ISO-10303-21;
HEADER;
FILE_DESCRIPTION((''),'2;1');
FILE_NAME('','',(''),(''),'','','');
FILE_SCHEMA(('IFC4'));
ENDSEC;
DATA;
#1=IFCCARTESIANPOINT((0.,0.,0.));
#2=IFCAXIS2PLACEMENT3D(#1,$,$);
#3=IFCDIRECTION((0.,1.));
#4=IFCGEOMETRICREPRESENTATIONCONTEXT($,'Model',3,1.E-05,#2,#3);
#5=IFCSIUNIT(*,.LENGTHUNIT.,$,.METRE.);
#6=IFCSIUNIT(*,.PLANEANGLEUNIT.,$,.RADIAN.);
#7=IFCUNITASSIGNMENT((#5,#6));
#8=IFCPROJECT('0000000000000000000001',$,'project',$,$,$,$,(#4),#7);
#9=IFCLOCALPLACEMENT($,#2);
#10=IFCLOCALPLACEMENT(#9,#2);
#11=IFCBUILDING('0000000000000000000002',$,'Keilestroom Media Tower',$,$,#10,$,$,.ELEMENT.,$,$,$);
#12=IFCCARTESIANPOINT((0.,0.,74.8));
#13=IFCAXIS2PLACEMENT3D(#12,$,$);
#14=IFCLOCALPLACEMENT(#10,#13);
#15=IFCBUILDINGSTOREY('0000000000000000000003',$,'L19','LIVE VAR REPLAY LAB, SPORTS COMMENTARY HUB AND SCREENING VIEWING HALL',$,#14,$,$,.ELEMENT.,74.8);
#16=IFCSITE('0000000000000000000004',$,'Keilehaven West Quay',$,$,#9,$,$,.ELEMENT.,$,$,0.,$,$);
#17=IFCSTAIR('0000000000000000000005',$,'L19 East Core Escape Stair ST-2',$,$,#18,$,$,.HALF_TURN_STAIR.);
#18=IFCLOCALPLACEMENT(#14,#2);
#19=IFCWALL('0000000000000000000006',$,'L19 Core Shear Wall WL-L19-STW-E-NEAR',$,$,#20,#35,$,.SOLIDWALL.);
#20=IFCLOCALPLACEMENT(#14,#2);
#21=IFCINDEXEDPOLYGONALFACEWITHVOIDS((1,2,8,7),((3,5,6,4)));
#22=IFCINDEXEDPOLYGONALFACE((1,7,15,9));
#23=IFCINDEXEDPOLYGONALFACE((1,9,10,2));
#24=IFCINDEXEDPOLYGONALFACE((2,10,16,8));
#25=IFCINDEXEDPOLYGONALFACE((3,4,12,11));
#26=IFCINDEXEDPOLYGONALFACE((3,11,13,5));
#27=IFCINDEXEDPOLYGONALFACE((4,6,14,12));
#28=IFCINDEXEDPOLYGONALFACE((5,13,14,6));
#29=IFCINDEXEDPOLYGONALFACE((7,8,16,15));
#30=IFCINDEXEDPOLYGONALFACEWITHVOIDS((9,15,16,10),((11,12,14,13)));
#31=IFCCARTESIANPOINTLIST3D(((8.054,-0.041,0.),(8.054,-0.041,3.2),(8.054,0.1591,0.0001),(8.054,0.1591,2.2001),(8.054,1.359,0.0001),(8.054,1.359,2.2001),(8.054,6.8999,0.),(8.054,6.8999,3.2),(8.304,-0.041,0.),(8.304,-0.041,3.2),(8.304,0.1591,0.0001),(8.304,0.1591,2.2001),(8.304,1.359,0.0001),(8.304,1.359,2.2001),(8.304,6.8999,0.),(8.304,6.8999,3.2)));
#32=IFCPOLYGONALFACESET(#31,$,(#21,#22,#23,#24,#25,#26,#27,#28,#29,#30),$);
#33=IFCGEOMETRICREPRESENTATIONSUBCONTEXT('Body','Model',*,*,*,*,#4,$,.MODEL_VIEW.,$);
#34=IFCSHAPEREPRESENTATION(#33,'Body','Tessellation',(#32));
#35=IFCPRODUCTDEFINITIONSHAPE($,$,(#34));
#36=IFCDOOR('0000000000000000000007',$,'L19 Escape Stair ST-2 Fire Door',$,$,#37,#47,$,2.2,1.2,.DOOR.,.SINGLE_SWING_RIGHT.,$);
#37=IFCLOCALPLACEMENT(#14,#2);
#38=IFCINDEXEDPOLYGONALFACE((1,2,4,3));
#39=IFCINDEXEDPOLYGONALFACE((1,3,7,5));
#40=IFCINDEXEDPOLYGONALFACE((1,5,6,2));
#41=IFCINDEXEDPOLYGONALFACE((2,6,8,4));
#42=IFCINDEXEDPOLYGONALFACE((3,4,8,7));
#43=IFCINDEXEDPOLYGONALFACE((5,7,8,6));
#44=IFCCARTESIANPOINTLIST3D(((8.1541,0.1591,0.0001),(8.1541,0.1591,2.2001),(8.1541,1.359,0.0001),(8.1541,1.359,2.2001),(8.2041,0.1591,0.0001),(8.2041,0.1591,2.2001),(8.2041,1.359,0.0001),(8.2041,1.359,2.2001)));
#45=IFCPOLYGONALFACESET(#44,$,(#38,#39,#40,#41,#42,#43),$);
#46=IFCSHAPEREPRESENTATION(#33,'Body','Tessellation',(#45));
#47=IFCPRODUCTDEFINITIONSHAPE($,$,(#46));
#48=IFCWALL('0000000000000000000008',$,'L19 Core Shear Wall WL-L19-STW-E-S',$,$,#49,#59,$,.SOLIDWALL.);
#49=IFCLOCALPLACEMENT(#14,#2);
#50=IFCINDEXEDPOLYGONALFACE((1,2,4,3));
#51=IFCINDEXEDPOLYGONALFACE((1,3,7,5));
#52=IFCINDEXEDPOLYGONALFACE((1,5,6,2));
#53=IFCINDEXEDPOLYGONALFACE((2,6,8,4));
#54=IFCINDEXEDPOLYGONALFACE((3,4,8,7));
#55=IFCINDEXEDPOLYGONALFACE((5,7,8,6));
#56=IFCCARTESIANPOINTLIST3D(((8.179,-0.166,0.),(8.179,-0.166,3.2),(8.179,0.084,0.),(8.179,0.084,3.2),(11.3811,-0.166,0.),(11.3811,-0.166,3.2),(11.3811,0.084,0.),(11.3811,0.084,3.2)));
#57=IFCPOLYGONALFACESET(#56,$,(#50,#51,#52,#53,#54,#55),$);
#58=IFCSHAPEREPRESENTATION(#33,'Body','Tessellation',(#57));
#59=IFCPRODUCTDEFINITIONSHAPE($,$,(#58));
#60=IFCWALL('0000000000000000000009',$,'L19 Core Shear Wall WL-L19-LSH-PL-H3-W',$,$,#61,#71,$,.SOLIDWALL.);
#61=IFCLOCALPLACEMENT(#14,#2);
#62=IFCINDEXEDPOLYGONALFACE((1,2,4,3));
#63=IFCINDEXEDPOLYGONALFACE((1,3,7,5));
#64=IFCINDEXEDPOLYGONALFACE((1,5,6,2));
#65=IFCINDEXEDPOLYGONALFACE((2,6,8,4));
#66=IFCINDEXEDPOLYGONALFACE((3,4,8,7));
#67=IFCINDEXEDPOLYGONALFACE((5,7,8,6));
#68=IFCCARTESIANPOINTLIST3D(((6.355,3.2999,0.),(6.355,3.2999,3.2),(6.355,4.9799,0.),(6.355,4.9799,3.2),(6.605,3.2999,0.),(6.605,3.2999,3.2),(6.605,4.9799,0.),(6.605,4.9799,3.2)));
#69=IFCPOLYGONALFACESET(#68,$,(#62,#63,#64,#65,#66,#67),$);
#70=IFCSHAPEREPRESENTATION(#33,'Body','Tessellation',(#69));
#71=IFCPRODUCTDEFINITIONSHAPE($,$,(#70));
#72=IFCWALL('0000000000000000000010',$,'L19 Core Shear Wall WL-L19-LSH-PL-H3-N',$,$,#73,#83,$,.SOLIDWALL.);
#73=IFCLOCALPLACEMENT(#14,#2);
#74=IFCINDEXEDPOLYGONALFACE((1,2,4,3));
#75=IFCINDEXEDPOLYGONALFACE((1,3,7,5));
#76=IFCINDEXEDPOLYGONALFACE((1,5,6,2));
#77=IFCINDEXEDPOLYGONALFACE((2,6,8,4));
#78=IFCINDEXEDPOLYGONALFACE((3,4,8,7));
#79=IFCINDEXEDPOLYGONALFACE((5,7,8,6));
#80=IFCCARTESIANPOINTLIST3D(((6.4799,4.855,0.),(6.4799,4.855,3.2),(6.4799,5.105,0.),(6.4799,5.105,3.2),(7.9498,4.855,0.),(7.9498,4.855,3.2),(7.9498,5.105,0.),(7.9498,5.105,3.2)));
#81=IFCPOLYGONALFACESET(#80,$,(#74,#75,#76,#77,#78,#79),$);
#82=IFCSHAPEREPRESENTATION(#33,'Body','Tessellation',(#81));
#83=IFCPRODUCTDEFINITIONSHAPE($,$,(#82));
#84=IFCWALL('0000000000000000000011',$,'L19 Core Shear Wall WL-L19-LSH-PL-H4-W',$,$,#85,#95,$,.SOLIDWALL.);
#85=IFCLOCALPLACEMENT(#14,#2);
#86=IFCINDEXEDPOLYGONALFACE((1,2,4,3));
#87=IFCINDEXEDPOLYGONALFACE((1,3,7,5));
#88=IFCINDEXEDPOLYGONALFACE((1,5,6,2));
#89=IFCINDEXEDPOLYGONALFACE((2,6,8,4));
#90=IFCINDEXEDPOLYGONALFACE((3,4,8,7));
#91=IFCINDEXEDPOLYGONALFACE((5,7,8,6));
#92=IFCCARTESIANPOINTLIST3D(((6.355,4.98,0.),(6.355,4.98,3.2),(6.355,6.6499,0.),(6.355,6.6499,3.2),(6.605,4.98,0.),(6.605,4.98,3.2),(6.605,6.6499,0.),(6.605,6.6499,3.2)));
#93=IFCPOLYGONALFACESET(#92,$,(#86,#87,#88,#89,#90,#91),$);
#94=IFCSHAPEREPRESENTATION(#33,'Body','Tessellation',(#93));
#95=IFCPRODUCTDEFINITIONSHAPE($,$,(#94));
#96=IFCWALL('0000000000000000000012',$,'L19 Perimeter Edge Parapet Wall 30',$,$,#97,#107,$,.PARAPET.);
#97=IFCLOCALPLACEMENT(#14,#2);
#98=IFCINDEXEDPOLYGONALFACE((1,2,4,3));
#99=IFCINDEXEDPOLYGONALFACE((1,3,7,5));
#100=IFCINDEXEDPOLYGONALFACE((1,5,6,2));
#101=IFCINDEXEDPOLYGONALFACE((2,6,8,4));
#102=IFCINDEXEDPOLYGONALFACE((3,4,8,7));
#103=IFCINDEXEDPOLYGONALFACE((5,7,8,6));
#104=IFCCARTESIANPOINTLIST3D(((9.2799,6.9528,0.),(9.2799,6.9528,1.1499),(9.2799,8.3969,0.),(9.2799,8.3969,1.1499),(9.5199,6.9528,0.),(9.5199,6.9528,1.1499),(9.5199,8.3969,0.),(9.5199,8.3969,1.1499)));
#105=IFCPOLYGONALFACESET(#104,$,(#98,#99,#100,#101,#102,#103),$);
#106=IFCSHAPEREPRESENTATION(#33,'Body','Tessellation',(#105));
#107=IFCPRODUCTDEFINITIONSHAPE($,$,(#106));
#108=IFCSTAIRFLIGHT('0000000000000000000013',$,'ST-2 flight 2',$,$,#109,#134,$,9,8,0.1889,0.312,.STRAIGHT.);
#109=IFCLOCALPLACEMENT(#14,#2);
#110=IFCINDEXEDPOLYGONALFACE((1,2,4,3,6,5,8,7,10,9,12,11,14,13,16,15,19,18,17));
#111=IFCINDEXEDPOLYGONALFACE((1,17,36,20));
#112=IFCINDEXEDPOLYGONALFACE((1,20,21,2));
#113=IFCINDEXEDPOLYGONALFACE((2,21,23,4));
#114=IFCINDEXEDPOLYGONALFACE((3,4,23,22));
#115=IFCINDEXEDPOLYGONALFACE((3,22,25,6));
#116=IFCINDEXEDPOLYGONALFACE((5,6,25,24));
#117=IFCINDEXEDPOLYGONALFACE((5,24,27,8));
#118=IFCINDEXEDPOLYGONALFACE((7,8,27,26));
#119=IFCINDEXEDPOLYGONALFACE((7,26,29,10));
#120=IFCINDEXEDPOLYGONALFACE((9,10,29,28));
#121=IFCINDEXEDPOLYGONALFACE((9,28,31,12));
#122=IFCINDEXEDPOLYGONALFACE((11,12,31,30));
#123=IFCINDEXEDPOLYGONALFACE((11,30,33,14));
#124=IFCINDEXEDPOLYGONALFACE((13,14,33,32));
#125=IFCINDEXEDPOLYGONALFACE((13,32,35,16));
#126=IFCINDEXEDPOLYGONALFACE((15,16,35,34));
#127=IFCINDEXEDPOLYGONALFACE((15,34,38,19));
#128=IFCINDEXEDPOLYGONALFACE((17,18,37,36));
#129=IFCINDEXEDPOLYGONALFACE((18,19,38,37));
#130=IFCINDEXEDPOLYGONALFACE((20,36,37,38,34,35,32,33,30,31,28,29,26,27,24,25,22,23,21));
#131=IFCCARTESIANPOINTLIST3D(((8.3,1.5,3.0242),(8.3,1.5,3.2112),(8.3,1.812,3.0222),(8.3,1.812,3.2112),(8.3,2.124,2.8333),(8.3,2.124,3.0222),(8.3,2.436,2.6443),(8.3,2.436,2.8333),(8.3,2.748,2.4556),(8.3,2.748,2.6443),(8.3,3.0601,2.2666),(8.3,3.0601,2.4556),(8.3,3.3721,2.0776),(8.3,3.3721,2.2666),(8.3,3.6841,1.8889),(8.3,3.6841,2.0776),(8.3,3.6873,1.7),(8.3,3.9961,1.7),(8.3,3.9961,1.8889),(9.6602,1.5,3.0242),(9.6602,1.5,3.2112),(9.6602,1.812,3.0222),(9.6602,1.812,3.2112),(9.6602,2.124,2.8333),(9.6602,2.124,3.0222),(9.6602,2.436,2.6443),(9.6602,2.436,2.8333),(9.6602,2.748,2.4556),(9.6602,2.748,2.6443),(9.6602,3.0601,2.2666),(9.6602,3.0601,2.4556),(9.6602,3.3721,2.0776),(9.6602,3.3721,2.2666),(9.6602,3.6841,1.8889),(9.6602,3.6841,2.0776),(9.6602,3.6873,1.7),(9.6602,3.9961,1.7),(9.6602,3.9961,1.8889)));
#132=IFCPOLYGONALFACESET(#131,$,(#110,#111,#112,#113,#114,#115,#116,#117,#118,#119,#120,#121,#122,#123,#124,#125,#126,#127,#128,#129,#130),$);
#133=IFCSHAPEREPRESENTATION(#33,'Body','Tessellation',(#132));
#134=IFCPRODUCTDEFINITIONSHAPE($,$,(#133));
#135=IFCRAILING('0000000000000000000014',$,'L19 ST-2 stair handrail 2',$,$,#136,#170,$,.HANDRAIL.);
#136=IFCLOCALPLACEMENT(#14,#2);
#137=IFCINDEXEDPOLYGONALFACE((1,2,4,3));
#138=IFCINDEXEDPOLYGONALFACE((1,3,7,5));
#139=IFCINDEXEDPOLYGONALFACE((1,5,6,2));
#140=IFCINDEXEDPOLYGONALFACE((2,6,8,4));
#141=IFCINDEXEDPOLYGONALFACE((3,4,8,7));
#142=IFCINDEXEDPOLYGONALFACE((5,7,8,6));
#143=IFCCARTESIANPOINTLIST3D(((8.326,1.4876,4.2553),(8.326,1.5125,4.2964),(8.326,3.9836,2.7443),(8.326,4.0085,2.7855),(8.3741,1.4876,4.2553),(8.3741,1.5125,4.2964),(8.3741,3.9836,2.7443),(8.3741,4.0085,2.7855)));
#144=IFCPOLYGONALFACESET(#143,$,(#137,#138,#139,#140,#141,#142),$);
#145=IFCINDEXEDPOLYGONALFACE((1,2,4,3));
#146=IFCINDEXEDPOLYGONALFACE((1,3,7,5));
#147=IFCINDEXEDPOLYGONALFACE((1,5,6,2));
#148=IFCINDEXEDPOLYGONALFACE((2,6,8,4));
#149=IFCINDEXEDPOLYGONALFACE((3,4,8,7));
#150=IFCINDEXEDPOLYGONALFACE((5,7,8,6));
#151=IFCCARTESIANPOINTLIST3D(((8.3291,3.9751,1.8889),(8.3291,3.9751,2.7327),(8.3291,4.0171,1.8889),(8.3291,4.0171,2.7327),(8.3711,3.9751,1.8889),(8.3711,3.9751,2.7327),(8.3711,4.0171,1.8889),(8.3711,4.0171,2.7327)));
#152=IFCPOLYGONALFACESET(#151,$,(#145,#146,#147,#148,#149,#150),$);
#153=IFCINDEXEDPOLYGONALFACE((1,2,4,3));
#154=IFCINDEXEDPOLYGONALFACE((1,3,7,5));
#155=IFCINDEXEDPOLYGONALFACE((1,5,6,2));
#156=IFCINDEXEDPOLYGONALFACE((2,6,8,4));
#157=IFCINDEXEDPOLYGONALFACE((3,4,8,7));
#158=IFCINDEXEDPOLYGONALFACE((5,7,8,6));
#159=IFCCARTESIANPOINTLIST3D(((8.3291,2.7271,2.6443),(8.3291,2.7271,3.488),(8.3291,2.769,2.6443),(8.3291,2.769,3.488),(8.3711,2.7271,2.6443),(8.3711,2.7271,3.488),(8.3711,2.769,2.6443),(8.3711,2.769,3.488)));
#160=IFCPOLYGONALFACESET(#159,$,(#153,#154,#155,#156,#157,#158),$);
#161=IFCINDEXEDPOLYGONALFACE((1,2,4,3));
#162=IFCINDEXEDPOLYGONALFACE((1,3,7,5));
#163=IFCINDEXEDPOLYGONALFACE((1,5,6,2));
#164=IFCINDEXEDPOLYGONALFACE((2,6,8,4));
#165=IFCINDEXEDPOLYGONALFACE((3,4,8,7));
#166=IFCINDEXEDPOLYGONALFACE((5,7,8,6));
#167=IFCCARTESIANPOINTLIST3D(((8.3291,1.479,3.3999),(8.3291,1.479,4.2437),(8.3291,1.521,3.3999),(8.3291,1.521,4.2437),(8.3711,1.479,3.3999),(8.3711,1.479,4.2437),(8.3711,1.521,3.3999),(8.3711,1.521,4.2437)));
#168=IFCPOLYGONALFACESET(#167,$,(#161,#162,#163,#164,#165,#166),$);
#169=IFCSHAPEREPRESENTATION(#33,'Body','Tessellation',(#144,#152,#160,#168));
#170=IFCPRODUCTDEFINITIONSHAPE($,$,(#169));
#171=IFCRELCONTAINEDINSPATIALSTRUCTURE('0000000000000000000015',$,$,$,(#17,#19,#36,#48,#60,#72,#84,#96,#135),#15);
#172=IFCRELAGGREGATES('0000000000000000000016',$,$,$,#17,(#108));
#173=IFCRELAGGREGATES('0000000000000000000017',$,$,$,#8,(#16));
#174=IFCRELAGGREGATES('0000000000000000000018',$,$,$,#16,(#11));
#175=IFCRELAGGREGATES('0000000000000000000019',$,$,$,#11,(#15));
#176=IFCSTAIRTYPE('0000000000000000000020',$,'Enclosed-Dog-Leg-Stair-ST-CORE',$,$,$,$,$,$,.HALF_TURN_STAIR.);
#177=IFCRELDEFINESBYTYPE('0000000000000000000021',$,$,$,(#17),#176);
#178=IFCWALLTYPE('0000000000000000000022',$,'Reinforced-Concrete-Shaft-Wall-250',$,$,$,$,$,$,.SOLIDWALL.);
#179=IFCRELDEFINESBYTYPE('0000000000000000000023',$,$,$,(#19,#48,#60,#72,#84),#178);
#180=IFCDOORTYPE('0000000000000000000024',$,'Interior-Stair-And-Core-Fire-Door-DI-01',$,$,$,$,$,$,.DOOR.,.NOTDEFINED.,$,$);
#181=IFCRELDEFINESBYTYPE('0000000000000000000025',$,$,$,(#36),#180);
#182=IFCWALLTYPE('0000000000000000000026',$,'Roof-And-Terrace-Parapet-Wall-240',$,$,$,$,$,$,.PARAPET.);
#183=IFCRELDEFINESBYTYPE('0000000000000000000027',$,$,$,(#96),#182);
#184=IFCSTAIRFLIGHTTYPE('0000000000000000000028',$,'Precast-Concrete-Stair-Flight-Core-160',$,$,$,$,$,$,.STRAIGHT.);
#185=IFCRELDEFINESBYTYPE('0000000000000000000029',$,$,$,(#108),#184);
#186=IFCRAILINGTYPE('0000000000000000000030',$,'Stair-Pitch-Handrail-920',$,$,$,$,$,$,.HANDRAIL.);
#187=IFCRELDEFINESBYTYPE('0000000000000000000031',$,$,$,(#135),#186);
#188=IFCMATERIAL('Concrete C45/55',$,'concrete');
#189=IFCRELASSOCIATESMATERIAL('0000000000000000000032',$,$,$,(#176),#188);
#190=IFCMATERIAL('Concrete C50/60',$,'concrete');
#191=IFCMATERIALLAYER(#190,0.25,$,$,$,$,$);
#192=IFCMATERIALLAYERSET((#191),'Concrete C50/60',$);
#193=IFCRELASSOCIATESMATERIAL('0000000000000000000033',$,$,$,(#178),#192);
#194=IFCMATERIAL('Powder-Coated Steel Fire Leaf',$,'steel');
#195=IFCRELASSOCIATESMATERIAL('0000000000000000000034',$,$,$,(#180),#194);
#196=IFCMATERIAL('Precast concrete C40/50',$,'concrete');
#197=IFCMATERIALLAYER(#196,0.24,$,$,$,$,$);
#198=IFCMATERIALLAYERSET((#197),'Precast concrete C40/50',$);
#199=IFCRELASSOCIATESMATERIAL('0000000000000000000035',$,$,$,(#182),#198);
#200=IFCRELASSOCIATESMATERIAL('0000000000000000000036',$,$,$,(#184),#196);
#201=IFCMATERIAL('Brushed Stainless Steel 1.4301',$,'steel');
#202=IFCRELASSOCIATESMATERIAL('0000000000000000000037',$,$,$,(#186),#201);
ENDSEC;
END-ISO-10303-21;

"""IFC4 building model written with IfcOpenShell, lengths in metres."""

from ifc_helpers import new_model, si_unit, direction, frame, frame_2d, origin, origin_2d, place, context, subcontext, project, spatial, polyline, rectangle, outline, extrude, source, transform, mapped, material, layer, layer_set, type_object, element, fill, aggregate, save


model = new_model("IFC4")

# Units and contexts
model_context = context("Model", 3, precision=1e-05, world=origin(), true_north=direction((0.0, 1.0)))
body_context = subcontext(model_context, "Body", "Model", "MODEL_VIEW")
ifc_project = project(units=[si_unit("LENGTHUNIT", "METRE"), si_unit("PLANEANGLEUNIT", "RADIAN")], contexts=[model_context])

# Site, building, storey
site_placement = place(None, origin())
site = spatial("IfcSite", under=ifc_project, at=site_placement, Name="Keilehaven West Quay", CompositionType="ELEMENT", RefElevation=0.0)
building_placement = place(site_placement, origin())
building = spatial("IfcBuilding", under=site, at=building_placement, Name="Keilestroom Media Tower", CompositionType="ELEMENT")
storey_placement = place(building_placement, frame((0.0, 0.0, 74.8)))
storey = spatial("IfcBuildingStorey", under=building, at=storey_placement, Name="L19", Description="LIVE VAR REPLAY LAB, SPORTS COMMENTARY HUB AND SCREENING VIEWING HALL", CompositionType="ELEMENT", Elevation=74.8)

# Stair
ifc_material_1 = material(Name="Concrete C45/55", Category="concrete")
stair_type = type_object("IfcStairType", Name="Enclosed-Dog-Leg-Stair-ST-CORE", PredefinedType="HALF_TURN_STAIR", material=ifc_material_1)
stair_1_placement = place(storey_placement, origin())
stair_1 = element("IfcStair", 1, at=stair_1_placement, inside=storey, type_object=stair_type, Name="L19 East Core Escape Stair ST-2", PredefinedType="HALF_TURN_STAIR")

# Shared definitions
ifc_material_2 = material(Name="Concrete C50/60", Category="concrete")
ifc_layer_1 = layer(ifc_material_2, 0.25)
ifc_layer_set_1 = layer_set([ifc_layer_1], Name="Concrete C50/60")
wall_type_1 = type_object("IfcWallType", Name="Reinforced-Concrete-Shaft-Wall-250", PredefinedType="SOLIDWALL", material=ifc_layer_set_1)

# Wall, opening, door
wall_1_placement = place(storey_placement, frame((8.179, -0.041, 0.0), z_axis=(0.0, 0.0, 1.0), x_axis=(0.0, 1.0, 0.0)))
wall_1 = element("IfcWall", 2, at=wall_1_placement, inside=storey, type_object=wall_type_1, Name="L19 Core Shear Wall WL-L19-STW-E-NEAR", PredefinedType="SOLIDWALL", context=body_context, shape_type="SweptSolid", body=[
    extrude(rectangle(XDim=6.9409, YDim=0.25, at=frame_2d((3.4705, 0.0))), origin(), (0.0, 0.0, 1.0), 3.2),
])
opening_placement = place(wall_1_placement, frame((0.2, 0.0, 0.0)))
opening = element("IfcOpeningElement", 3, at=opening_placement, cuts=wall_1, PredefinedType="OPENING", context=body_context, shape_type="SweptSolid", body=[
    extrude(rectangle(XDim=1.2, YDim=2.2, at=frame_2d((0.6001, 1.1001))), frame((0.0, 0.135, 0.0), z_axis=(0.0, -1.0, 0.0), x_axis=(1.0, 0.0, 0.0)), (0.0, 0.0, 1.0), 0.27),
])
ifc_material_3 = material(Name="Powder-Coated Steel Fire Leaf", Category="steel")
door_type = type_object("IfcDoorType", Name="Interior-Stair-And-Core-Fire-Door-DI-01", OperationType="NOTDEFINED", PredefinedType="DOOR", material=ifc_material_3)
shared_shape_1 = source(origin(), body_context, "Body", "SweptSolid", [
    extrude(rectangle(XDim=1.2, YDim=2.2, at=frame_2d((0.6001, 1.1001))), frame((0.0, 0.0249, 0.0), z_axis=(0.0, -1.0, 0.0), x_axis=(1.0, 0.0, 0.0)), (0.0, 0.0, 1.0), 0.05),
])
door_placement = place(opening_placement, origin())
door = element("IfcDoor", 4, at=door_placement, inside=storey, type_object=door_type, Name="L19 Escape Stair ST-2 Fire Door", OperationType="SINGLE_SWING_RIGHT", OverallHeight=2.2, OverallWidth=1.2, PredefinedType="DOOR", context=body_context, shape_type="MappedRepresentation", body=[
    mapped(shared_shape_1, transform((0.0, 0.0, 0.0), x_axis=(1.0, 0.0, 0.0), y_axis=(0.0, 1.0, 0.0), z_axis=(0.0, 0.0, 1.0), scale=1.0)),
])
fill(opening, door)

# Walls
wall_2_placement = place(storey_placement, frame((8.179, -0.041, 0.0), z_axis=(0.0, 0.0, 1.0), x_axis=(1.0, 0.0, 0.0)))
element("IfcWall", 5, at=wall_2_placement, inside=storey, type_object=wall_type_1, Name="L19 Core Shear Wall WL-L19-STW-E-S", PredefinedType="SOLIDWALL", context=body_context, shape_type="SweptSolid", body=[
    extrude(rectangle(XDim=3.2021, YDim=0.25, at=frame_2d((1.6011, 0.0))), origin(), (0.0, 0.0, 1.0), 3.2),
])
wall_3_placement = place(storey_placement, frame((6.48, 3.3, 0.0), z_axis=(0.0, 0.0, 1.0), x_axis=(0.0, 1.0, 0.0)))
element("IfcWall", 6, at=wall_3_placement, inside=storey, type_object=wall_type_1, Name="L19 Core Shear Wall WL-L19-LSH-PL-H3-W", PredefinedType="SOLIDWALL", context=body_context, shape_type="SweptSolid", body=[
    extrude(rectangle(XDim=1.6799, YDim=0.25, at=frame_2d((0.8398, 0.0))), origin(), (0.0, 0.0, 1.0), 3.2),
])
wall_4_placement = place(storey_placement, frame((6.48, 4.98, 0.0), z_axis=(0.0, 0.0, 1.0), x_axis=(1.0, 0.0, 0.0)))
element("IfcWall", 7, at=wall_4_placement, inside=storey, type_object=wall_type_1, Name="L19 Core Shear Wall WL-L19-LSH-PL-H3-N", PredefinedType="SOLIDWALL", context=body_context, shape_type="SweptSolid", body=[
    extrude(rectangle(XDim=1.47, YDim=0.25, at=frame_2d((0.7349, 0.0))), origin(), (0.0, 0.0, 1.0), 3.2),
])
wall_5_placement = place(storey_placement, frame((6.48, 4.98, 0.0), z_axis=(0.0, 0.0, 1.0), x_axis=(0.0, 1.0, 0.0)))
element("IfcWall", 8, at=wall_5_placement, inside=storey, type_object=wall_type_1, Name="L19 Core Shear Wall WL-L19-LSH-PL-H4-W", PredefinedType="SOLIDWALL", context=body_context, shape_type="SweptSolid", body=[
    extrude(rectangle(XDim=1.6699, YDim=0.25, at=frame_2d((0.835, 0.0))), origin(), (0.0, 0.0, 1.0), 3.2),
])
ifc_material_4 = material(Name="Precast concrete C40/50", Category="concrete")
ifc_layer_2 = layer(ifc_material_4, 0.24)
ifc_layer_set_2 = layer_set([ifc_layer_2], Name="Precast concrete C40/50")
wall_type_2 = type_object("IfcWallType", Name="Roof-And-Terrace-Parapet-Wall-240", PredefinedType="PARAPET", material=ifc_layer_set_2)
wall_6_placement = place(storey_placement, frame((9.3999, 8.397, 0.0), z_axis=(0.0, 0.0, 1.0), x_axis=(0.0, -1.0, 0.0)))
element("IfcWall", 9, at=wall_6_placement, inside=storey, type_object=wall_type_2, Name="L19 Perimeter Edge Parapet Wall 30", PredefinedType="PARAPET", context=body_context, shape_type="SweptSolid", body=[
    extrude(rectangle(XDim=1.4441, YDim=0.24, at=frame_2d((0.7222, 0.0))), origin(), (0.0, 0.0, 1.0), 1.1499),
])

# Stair flight
stair_flight_type = type_object("IfcStairFlightType", Name="Precast-Concrete-Stair-Flight-Core-160", PredefinedType="STRAIGHT", material=ifc_material_4)
stair_flight_placement = place(storey_placement, frame((8.98, 3.9961, 1.7), z_axis=(0.0, 0.0, 1.0), x_axis=(0.0, -1.0, 0.0)))
stair_flight = element("IfcStairFlight", 10, at=stair_flight_placement, type_object=stair_flight_type, Name="ST-2 flight 2", NumberOfRisers=9, NumberOfTreads=8, PredefinedType="STRAIGHT", RiserHeight=0.1889, TreadLength=0.312, context=body_context, shape_type="SweptSolid", body=[
    extrude(outline(polyline([(0.0, 0.0), (0.0, 0.189), (0.312, 0.189), (0.312, 0.3777), (0.624, 0.3777), (0.624, 0.5667), (0.936, 0.5667), (0.936, 0.7556), (1.248, 0.7556), (1.248, 0.9443), (1.5601, 0.9443), (1.5601, 1.1333), (1.8721, 1.1333), (1.8721, 1.3223), (2.1841, 1.3223), (2.1841, 1.5112), (2.4961, 1.5112), (2.4961, 1.7), (2.4961, 1.3242), (0.3088, 0.0), (0.0, 0.0)])), frame((0.0, 0.6802, 0.0), z_axis=(0.0, -1.0, 0.0), x_axis=(1.0, 0.0, 0.0)), (0.0, 0.0, 1.0), 1.3601),
])
aggregate(stair_1, [stair_flight])

# Railing
ifc_material_5 = material(Name="Brushed Stainless Steel 1.4301", Category="steel")
railing_type_1 = type_object("IfcRailingType", Name="Stair-Pitch-Handrail-920", PredefinedType="HANDRAIL", material=ifc_material_5)
railing_1_placement = place(storey_placement, frame((8.3501, 3.9961, 1.8889)))
element("IfcRailing", 11, at=railing_1_placement, inside=storey, type_object=railing_type_1, Name="L19 ST-2 stair handrail 2", PredefinedType="HANDRAIL", context=body_context, shape_type="SweptSolid", body=[
    extrude(rectangle(XDim=0.0481, YDim=0.0481, at=origin_2d()), frame((0.0, 0.0, 0.876), z_axis=(0.0, -0.855471, 0.517851), x_axis=(1.0, 0.0, 0.0)), (0.0, 0.0, 1.0), 2.9177),
    extrude(rectangle(XDim=0.042, YDim=0.042, at=origin_2d()), origin(), (0.0, 0.0, 1.0), 0.8438),
    extrude(rectangle(XDim=0.042, YDim=0.042, at=origin_2d()), frame((0.0, -1.248, 0.7554)), (0.0, 0.0, 1.0), 0.8438),
    extrude(rectangle(XDim=0.042, YDim=0.042, at=origin_2d()), frame((0.0, -2.4961, 1.511)), (0.0, 0.0, 1.0), 0.8438),
])

save(model, "model.ifc")
